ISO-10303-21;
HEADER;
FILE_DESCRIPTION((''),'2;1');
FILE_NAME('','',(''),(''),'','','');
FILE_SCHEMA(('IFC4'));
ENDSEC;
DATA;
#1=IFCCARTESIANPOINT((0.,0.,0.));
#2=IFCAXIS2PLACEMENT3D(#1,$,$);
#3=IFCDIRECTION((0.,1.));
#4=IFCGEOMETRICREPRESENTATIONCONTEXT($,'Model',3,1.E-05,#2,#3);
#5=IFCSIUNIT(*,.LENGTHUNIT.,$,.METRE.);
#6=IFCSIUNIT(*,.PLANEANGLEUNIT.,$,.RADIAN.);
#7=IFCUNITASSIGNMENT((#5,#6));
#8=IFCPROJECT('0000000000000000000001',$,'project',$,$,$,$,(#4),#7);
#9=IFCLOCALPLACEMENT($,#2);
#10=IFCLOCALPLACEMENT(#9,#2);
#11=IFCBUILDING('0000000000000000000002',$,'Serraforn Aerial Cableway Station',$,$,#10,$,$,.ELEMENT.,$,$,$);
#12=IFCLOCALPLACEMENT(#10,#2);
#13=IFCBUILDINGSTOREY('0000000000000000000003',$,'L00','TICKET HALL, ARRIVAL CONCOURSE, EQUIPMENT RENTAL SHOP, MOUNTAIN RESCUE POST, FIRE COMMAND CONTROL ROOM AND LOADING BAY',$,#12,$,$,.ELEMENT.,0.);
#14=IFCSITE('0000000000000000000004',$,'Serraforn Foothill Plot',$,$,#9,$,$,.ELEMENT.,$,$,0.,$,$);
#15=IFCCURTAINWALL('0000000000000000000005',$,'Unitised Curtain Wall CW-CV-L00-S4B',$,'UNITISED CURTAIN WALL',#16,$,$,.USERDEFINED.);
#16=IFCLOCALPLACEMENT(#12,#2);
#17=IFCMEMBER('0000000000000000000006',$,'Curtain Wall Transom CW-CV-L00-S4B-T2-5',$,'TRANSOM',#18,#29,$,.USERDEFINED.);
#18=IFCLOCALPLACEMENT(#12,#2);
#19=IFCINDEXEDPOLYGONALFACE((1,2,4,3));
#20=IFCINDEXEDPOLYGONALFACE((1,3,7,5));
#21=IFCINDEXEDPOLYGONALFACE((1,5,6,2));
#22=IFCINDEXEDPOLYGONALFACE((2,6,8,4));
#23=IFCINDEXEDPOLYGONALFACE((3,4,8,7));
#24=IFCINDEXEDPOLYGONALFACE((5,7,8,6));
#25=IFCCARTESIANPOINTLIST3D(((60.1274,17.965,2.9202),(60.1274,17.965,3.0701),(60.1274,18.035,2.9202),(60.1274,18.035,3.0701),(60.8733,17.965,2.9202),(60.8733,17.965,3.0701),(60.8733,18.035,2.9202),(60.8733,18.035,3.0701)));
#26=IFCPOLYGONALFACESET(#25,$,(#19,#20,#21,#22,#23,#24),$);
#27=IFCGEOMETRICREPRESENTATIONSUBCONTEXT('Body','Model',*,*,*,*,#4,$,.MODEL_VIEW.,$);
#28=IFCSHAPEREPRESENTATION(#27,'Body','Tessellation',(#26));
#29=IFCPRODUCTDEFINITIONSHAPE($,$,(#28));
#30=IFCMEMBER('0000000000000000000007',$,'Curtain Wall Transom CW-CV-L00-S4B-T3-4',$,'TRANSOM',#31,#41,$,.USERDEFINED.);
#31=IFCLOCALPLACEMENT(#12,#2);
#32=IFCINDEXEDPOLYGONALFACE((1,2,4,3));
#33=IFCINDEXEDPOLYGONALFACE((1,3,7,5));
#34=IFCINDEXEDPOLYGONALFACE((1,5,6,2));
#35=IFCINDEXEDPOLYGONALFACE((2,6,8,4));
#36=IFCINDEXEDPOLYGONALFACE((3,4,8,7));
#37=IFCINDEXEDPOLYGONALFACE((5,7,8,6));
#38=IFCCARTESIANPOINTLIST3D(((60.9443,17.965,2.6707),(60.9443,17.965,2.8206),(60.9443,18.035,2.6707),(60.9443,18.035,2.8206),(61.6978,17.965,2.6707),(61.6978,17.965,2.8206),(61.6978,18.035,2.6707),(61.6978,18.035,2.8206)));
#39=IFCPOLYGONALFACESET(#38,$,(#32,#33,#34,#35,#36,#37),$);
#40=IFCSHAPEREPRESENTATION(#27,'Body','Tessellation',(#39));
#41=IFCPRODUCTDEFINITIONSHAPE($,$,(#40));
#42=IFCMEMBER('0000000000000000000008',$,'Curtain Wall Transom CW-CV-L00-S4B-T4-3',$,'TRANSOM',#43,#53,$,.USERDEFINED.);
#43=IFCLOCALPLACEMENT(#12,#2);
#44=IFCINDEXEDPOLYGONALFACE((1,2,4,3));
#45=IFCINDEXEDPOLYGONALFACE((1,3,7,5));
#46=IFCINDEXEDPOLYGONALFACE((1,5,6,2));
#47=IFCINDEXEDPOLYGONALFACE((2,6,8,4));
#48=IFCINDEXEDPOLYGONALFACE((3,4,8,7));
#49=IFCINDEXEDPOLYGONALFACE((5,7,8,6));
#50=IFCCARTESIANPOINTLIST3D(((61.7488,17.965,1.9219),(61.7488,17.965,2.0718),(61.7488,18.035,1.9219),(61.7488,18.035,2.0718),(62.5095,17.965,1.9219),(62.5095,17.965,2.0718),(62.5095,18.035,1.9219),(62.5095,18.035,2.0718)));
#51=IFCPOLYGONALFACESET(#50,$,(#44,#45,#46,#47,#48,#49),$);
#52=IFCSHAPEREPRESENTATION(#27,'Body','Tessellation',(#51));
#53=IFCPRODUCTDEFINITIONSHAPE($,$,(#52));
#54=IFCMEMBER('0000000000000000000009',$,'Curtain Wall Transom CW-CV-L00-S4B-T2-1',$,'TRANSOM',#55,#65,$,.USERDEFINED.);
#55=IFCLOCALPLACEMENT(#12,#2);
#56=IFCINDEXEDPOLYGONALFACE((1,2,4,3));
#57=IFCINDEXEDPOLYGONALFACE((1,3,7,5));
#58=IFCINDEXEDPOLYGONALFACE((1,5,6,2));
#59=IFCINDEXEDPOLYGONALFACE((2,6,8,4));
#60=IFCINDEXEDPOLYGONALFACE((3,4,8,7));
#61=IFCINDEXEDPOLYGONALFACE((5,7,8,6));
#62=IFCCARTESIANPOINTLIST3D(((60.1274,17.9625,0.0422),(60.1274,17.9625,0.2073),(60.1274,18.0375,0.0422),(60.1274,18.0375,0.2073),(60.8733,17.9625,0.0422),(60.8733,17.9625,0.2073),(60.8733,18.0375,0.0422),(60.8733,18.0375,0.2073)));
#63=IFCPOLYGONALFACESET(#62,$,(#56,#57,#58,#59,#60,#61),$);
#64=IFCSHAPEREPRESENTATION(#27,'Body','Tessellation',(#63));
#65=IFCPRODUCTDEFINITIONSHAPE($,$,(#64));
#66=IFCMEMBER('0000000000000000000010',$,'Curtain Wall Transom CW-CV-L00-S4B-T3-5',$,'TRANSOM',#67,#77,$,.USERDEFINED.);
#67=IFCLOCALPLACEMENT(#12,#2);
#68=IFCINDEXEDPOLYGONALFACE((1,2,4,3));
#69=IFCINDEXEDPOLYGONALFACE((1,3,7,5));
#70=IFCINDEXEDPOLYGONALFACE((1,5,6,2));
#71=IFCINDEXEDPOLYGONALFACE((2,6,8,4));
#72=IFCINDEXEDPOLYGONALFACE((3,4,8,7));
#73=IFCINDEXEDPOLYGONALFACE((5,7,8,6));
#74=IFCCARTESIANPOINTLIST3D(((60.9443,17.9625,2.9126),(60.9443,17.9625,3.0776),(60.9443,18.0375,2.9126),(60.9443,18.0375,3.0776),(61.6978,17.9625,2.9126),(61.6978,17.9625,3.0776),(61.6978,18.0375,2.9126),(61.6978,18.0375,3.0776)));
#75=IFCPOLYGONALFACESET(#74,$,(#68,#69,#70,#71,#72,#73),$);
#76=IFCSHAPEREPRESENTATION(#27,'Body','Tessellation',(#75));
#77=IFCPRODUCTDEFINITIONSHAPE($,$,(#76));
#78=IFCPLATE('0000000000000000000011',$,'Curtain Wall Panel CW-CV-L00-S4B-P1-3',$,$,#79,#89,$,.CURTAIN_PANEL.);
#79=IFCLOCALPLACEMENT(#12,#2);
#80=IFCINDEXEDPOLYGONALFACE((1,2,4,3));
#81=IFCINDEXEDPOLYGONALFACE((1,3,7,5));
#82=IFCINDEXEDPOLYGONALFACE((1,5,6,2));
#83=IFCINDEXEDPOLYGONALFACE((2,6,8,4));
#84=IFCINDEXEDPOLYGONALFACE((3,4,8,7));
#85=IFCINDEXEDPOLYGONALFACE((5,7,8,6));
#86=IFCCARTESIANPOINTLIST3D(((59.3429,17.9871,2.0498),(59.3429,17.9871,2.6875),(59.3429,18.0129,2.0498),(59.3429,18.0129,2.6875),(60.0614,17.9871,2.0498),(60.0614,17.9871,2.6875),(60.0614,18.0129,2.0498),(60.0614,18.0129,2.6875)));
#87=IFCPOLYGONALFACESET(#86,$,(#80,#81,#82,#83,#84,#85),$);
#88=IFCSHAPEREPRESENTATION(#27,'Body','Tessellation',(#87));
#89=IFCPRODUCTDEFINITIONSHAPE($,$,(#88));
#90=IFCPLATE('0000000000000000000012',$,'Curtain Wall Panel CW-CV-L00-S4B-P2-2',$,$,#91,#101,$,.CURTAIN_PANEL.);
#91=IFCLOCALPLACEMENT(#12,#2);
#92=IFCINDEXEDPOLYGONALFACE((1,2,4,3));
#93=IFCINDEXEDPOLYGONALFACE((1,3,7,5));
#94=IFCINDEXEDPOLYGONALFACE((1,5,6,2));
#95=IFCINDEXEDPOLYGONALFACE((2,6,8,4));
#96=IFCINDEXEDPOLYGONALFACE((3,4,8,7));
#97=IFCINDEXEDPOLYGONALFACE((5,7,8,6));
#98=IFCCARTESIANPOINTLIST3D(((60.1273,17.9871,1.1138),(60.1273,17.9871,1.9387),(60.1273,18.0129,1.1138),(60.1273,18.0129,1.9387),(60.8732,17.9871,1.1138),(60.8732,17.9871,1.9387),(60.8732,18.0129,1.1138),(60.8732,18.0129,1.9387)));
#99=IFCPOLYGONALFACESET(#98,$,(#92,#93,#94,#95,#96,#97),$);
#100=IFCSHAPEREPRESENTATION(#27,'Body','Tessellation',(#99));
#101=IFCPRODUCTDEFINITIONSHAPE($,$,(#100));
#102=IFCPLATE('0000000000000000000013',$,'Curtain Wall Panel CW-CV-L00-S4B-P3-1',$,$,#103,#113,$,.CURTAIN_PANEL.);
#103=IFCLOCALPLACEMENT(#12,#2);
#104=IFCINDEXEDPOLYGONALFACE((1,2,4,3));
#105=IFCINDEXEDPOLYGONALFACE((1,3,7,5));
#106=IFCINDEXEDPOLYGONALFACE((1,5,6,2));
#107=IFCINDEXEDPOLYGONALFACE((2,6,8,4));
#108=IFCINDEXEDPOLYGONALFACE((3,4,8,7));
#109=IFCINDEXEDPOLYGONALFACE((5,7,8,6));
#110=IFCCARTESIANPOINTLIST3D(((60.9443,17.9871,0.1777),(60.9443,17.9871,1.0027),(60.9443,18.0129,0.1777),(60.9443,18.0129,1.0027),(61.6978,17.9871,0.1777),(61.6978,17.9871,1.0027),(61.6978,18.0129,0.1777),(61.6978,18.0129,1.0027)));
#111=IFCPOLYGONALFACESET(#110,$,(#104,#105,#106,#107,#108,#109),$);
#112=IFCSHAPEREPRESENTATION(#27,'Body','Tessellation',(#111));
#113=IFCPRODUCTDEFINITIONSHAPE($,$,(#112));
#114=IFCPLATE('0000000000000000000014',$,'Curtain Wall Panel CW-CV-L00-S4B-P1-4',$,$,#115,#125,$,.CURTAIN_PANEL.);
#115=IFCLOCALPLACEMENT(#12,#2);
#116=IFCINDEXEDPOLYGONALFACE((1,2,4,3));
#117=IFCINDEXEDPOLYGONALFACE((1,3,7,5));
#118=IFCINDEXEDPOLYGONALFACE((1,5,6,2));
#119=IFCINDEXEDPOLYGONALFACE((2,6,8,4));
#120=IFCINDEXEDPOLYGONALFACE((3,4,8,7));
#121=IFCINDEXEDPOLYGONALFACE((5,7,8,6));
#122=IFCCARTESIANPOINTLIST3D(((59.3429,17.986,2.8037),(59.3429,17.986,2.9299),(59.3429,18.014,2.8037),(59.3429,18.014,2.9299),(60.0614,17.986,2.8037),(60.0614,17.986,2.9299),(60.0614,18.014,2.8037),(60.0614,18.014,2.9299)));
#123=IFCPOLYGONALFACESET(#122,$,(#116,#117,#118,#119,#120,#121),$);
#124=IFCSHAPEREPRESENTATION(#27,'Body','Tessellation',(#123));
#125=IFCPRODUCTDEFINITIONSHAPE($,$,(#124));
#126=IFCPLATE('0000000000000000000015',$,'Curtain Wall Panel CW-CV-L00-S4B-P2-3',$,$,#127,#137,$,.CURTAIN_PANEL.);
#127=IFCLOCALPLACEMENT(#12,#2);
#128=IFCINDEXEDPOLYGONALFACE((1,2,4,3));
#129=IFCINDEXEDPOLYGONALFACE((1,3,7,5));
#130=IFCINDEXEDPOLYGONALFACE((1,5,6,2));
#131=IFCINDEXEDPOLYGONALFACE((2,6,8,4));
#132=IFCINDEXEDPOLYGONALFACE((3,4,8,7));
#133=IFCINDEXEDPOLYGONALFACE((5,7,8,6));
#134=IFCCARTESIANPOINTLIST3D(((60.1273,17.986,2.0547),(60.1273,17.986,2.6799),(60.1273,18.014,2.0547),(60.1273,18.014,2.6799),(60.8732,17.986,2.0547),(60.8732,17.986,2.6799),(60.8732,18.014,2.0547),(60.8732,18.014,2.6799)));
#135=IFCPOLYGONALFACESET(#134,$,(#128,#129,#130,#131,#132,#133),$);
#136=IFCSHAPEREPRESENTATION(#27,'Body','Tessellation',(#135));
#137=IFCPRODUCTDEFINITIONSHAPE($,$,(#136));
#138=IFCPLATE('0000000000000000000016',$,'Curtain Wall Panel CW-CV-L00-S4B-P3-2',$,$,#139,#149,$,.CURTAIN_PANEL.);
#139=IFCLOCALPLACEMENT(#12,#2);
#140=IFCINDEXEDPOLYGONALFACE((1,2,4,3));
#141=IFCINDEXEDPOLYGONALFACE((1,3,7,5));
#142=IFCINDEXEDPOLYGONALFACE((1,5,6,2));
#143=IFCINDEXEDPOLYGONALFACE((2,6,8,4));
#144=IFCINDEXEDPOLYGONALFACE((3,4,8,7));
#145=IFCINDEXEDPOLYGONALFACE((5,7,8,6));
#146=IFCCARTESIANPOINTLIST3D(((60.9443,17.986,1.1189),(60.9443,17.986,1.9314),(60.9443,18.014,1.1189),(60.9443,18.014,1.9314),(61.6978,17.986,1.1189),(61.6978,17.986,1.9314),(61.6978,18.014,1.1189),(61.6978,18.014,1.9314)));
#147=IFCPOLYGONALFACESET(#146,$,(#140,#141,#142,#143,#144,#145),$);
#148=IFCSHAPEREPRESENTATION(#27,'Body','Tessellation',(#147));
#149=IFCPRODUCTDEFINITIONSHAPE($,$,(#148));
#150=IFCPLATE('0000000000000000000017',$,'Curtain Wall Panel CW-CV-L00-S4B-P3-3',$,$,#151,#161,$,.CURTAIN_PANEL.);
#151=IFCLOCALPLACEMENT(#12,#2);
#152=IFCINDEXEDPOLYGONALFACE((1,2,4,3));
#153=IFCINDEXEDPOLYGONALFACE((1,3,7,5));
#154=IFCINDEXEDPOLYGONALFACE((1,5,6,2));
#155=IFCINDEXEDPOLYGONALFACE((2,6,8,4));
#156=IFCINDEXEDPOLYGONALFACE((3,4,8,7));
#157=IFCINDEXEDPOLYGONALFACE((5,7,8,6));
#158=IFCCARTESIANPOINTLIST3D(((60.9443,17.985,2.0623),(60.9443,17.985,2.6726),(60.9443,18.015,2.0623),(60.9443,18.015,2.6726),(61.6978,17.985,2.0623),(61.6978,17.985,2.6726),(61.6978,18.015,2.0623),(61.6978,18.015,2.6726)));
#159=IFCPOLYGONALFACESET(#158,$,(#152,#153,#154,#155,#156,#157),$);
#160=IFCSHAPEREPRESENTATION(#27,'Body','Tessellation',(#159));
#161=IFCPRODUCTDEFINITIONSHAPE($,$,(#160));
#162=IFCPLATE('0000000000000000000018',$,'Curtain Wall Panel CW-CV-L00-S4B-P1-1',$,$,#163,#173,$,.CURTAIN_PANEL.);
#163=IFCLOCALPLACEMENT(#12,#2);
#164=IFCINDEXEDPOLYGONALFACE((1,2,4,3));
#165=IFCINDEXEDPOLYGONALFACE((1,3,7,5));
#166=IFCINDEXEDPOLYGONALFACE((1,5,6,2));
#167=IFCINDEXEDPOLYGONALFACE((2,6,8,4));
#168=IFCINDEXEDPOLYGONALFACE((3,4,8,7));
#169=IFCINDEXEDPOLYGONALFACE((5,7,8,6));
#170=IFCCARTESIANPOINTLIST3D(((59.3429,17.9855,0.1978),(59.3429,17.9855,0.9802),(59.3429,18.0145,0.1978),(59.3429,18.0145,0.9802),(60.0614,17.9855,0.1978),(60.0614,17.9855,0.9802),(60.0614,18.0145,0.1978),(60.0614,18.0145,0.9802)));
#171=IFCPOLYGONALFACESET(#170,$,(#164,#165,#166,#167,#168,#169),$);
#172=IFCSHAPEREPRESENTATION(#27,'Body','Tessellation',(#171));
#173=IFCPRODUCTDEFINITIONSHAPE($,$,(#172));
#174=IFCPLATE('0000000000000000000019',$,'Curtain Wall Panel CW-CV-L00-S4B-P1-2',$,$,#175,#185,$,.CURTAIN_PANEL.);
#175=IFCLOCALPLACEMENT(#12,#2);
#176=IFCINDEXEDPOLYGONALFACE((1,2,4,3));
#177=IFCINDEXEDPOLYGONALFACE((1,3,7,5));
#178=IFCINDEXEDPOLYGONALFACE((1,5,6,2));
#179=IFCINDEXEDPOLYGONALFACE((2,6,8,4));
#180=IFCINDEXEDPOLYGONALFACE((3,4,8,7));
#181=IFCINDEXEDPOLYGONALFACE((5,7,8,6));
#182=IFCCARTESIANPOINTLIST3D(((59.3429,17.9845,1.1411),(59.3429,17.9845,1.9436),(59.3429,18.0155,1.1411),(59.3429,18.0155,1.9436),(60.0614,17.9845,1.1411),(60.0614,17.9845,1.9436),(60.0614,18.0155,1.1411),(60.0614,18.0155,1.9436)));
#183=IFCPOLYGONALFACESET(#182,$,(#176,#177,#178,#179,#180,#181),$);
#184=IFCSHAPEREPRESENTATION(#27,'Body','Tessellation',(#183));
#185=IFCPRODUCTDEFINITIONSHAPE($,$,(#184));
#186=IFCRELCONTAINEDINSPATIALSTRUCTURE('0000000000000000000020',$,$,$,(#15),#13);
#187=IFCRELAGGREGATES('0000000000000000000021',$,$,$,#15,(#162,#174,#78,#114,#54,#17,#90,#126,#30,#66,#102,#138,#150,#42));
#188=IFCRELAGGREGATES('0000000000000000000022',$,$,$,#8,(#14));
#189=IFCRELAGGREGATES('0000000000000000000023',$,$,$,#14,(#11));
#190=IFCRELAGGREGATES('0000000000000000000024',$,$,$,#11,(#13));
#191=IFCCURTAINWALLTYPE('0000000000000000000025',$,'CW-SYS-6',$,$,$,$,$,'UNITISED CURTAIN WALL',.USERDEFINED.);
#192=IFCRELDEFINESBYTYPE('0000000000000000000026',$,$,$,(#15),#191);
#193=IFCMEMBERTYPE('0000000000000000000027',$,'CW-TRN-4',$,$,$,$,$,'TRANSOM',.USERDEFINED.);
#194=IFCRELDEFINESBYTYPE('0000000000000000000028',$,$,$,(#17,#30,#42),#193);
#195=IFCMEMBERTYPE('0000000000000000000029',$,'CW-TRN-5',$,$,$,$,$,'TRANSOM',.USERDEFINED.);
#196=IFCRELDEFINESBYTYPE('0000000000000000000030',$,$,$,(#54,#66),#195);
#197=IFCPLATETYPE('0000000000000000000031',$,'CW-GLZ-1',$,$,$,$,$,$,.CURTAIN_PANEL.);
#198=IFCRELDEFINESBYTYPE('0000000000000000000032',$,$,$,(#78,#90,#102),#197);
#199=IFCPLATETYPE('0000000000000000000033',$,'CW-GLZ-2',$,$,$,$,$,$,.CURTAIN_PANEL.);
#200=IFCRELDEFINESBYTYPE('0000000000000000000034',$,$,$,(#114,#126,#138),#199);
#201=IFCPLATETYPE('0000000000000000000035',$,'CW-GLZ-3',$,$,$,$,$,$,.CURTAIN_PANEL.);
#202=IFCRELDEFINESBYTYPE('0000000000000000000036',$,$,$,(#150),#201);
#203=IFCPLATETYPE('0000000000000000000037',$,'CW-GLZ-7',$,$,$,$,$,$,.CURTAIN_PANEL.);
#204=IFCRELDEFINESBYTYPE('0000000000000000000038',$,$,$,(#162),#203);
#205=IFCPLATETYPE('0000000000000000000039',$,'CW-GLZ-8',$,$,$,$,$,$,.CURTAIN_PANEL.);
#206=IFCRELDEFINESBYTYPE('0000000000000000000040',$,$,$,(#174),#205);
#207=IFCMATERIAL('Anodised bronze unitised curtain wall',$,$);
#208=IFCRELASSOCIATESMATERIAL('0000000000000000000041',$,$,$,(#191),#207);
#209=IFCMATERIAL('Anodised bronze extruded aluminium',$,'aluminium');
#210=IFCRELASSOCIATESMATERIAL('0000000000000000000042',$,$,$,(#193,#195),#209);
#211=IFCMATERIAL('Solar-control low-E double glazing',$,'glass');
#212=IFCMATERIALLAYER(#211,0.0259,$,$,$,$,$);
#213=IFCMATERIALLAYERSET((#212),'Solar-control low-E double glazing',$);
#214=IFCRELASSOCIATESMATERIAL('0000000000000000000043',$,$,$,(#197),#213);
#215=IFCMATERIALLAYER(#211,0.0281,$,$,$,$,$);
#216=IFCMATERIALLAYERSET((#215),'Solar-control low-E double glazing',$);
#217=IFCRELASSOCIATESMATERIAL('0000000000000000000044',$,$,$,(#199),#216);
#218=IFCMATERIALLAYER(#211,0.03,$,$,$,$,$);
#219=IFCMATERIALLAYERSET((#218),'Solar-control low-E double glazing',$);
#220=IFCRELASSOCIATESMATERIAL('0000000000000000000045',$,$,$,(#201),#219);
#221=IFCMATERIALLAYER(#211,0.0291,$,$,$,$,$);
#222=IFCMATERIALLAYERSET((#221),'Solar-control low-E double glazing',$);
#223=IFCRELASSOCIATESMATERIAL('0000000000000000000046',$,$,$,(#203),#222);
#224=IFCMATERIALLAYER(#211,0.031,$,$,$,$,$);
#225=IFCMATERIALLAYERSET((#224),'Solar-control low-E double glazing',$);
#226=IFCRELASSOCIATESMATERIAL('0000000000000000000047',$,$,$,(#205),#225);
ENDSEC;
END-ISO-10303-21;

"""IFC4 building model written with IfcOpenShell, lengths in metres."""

from ifc_helpers import new_model, si_unit, direction, frame, origin, origin_2d, place, context, subcontext, project, spatial, rectangle, extrude, material, layer, layer_set, material_profile, profile_set, type_object, element, aggregate, save


model = new_model("IFC4")

# Units and contexts
model_context = context("Model", 3, precision=1e-05, world=origin(), true_north=direction((0.0, 1.0)))
body_context = subcontext(model_context, "Body", "Model", "MODEL_VIEW")
ifc_project = project(units=[si_unit("LENGTHUNIT", "METRE"), si_unit("PLANEANGLEUNIT", "RADIAN")], contexts=[model_context])

# Site, building, storey
site_placement = place(None, origin())
site = spatial("IfcSite", under=ifc_project, at=site_placement, Name="Serraforn Foothill Plot", CompositionType="ELEMENT", RefElevation=0.0)
building_placement = place(site_placement, origin())
building = spatial("IfcBuilding", under=site, at=building_placement, Name="Serraforn Aerial Cableway Station", CompositionType="ELEMENT")
storey_placement = place(building_placement, origin())
storey = spatial("IfcBuildingStorey", under=building, at=storey_placement, Name="L00", Description="TICKET HALL, ARRIVAL CONCOURSE, EQUIPMENT RENTAL SHOP, MOUNTAIN RESCUE POST, FIRE COMMAND CONTROL ROOM AND LOADING BAY", CompositionType="ELEMENT", Elevation=0.0)

# Curtain wall, members, plates
ifc_material_1 = material(Name="Anodised bronze unitised curtain wall")
curtain_wall_type = type_object("IfcCurtainWallType", Name="CW-SYS-6", ElementType="UNITISED CURTAIN WALL", PredefinedType="USERDEFINED", material=ifc_material_1)
curtain_wall_placement = place(storey_placement, origin())
curtain_wall = element("IfcCurtainWall", 1, at=curtain_wall_placement, inside=storey, type_object=curtain_wall_type, Name="Unitised Curtain Wall CW-CV-L00-S4B", ObjectType="UNITISED CURTAIN WALL", PredefinedType="USERDEFINED")
ifc_material_2 = material(Name="Anodised bronze extruded aluminium", Category="aluminium")
ifc_material_profile_1 = material_profile(ifc_material_2, rectangle(XDim=0.0701, YDim=0.1499, at=origin_2d()), Name="CW TRANSOM 70x150")
ifc_profile_set_1 = profile_set([ifc_material_profile_1], Name="Anodised bronze extruded aluminium")
member_type_1 = type_object("IfcMemberType", Name="CW-TRN-4", ElementType="TRANSOM", PredefinedType="USERDEFINED", material=ifc_profile_set_1)
member_1_placement = place(storey_placement, frame((60.1274, 18.0, 2.9951), z_axis=(1.0, 0.0, 0.0), x_axis=(0.0, 1.0, 0.0)))
member_1 = element("IfcMember", 2, at=member_1_placement, type_object=member_type_1, Name="Curtain Wall Transom CW-CV-L00-S4B-T2-5", ObjectType="TRANSOM", PredefinedType="USERDEFINED", context=body_context, shape_type="SweptSolid", body=[
    extrude(rectangle(XDim=0.0701, YDim=0.1499, at=origin_2d()), origin(), (0.0, 0.0, 1.0), 0.7458),
])
member_2_placement = place(storey_placement, frame((60.9443, 18.0, 2.7456), z_axis=(1.0, 0.0, 0.0), x_axis=(0.0, 1.0, 0.0)))
member_2 = element("IfcMember", 3, at=member_2_placement, type_object=member_type_1, Name="Curtain Wall Transom CW-CV-L00-S4B-T3-4", ObjectType="TRANSOM", PredefinedType="USERDEFINED", context=body_context, shape_type="SweptSolid", body=[
    extrude(rectangle(XDim=0.0701, YDim=0.1499, at=origin_2d()), origin(), (0.0, 0.0, 1.0), 0.7534),
])
member_3_placement = place(storey_placement, frame((61.7488, 18.0, 1.9968), z_axis=(1.0, 0.0, 0.0), x_axis=(0.0, 1.0, 0.0)))
member_3 = element("IfcMember", 4, at=member_3_placement, type_object=member_type_1, Name="Curtain Wall Transom CW-CV-L00-S4B-T4-3", ObjectType="TRANSOM", PredefinedType="USERDEFINED", context=body_context, shape_type="SweptSolid", body=[
    extrude(rectangle(XDim=0.0701, YDim=0.1499, at=origin_2d()), origin(), (0.0, 0.0, 1.0), 0.7607),
])
ifc_material_profile_2 = material_profile(ifc_material_2, rectangle(XDim=0.075, YDim=0.165, at=origin_2d()), Name="CW TRANSOM 75x165")
ifc_profile_set_2 = profile_set([ifc_material_profile_2], Name="Anodised bronze extruded aluminium")
member_type_2 = type_object("IfcMemberType", Name="CW-TRN-5", ElementType="TRANSOM", PredefinedType="USERDEFINED", material=ifc_profile_set_2)
member_4_placement = place(storey_placement, frame((60.1274, 18.0, 0.1248), z_axis=(1.0, 0.0, 0.0), x_axis=(0.0, 1.0, 0.0)))
member_4 = element("IfcMember", 5, at=member_4_placement, type_object=member_type_2, Name="Curtain Wall Transom CW-CV-L00-S4B-T2-1", ObjectType="TRANSOM", PredefinedType="USERDEFINED", context=body_context, shape_type="SweptSolid", body=[
    extrude(rectangle(XDim=0.075, YDim=0.165, at=origin_2d()), origin(), (0.0, 0.0, 1.0), 0.7458),
])
member_5_placement = place(storey_placement, frame((60.9443, 18.0, 2.9951), z_axis=(1.0, 0.0, 0.0), x_axis=(0.0, 1.0, 0.0)))
member_5 = element("IfcMember", 6, at=member_5_placement, type_object=member_type_2, Name="Curtain Wall Transom CW-CV-L00-S4B-T3-5", ObjectType="TRANSOM", PredefinedType="USERDEFINED", context=body_context, shape_type="SweptSolid", body=[
    extrude(rectangle(XDim=0.075, YDim=0.165, at=origin_2d()), origin(), (0.0, 0.0, 1.0), 0.7534),
])
ifc_material_3 = material(Name="Solar-control low-E double glazing", Category="glass")
ifc_layer_1 = layer(ifc_material_3, 0.0259)
ifc_layer_set_1 = layer_set([ifc_layer_1], Name="Solar-control low-E double glazing")
plate_type_1 = type_object("IfcPlateType", Name="CW-GLZ-1", PredefinedType="CURTAIN_PANEL", material=ifc_layer_set_1)
plate_1_placement = place(storey_placement, frame((59.7021, 18.0, 2.0498), z_axis=(0.0, 0.0, 1.0), x_axis=(1.0, 0.0, 0.0)))
plate_1 = element("IfcPlate", 7, at=plate_1_placement, type_object=plate_type_1, Name="Curtain Wall Panel CW-CV-L00-S4B-P1-3", PredefinedType="CURTAIN_PANEL", context=body_context, shape_type="SweptSolid", body=[
    extrude(rectangle(XDim=0.7185, YDim=0.0259, at=origin_2d()), origin(), (0.0, 0.0, 1.0), 0.6377),
])
plate_2_placement = place(storey_placement, frame((60.5002, 18.0, 1.1138), z_axis=(0.0, 0.0, 1.0), x_axis=(1.0, 0.0, 0.0)))
plate_2 = element("IfcPlate", 8, at=plate_2_placement, type_object=plate_type_1, Name="Curtain Wall Panel CW-CV-L00-S4B-P2-2", PredefinedType="CURTAIN_PANEL", context=body_context, shape_type="SweptSolid", body=[
    extrude(rectangle(XDim=0.7458, YDim=0.0259, at=origin_2d()), origin(), (0.0, 0.0, 1.0), 0.825),
])
plate_3_placement = place(storey_placement, frame((61.321, 18.0, 0.1777), z_axis=(0.0, 0.0, 1.0), x_axis=(1.0, 0.0, 0.0)))
plate_3 = element("IfcPlate", 9, at=plate_3_placement, type_object=plate_type_1, Name="Curtain Wall Panel CW-CV-L00-S4B-P3-1", PredefinedType="CURTAIN_PANEL", context=body_context, shape_type="SweptSolid", body=[
    extrude(rectangle(XDim=0.7534, YDim=0.0259, at=origin_2d()), origin(), (0.0, 0.0, 1.0), 0.825),
])
ifc_layer_2 = layer(ifc_material_3, 0.0281)
ifc_layer_set_2 = layer_set([ifc_layer_2], Name="Solar-control low-E double glazing")
plate_type_2 = type_object("IfcPlateType", Name="CW-GLZ-2", PredefinedType="CURTAIN_PANEL", material=ifc_layer_set_2)
plate_4_placement = place(storey_placement, frame((59.7021, 18.0, 2.8037), z_axis=(0.0, 0.0, 1.0), x_axis=(1.0, 0.0, 0.0)))
plate_4 = element("IfcPlate", 10, at=plate_4_placement, type_object=plate_type_2, Name="Curtain Wall Panel CW-CV-L00-S4B-P1-4", PredefinedType="CURTAIN_PANEL", context=body_context, shape_type="SweptSolid", body=[
    extrude(rectangle(XDim=0.7185, YDim=0.0281, at=origin_2d()), origin(), (0.0, 0.0, 1.0), 0.1262),
])
plate_5_placement = place(storey_placement, frame((60.5002, 18.0, 2.0547), z_axis=(0.0, 0.0, 1.0), x_axis=(1.0, 0.0, 0.0)))
plate_5 = element("IfcPlate", 11, at=plate_5_placement, type_object=plate_type_2, Name="Curtain Wall Panel CW-CV-L00-S4B-P2-3", PredefinedType="CURTAIN_PANEL", context=body_context, shape_type="SweptSolid", body=[
    extrude(rectangle(XDim=0.7458, YDim=0.0281, at=origin_2d()), origin(), (0.0, 0.0, 1.0), 0.6252),
])
plate_6_placement = place(storey_placement, frame((61.321, 18.0, 1.1189), z_axis=(0.0, 0.0, 1.0), x_axis=(1.0, 0.0, 0.0)))
plate_6 = element("IfcPlate", 12, at=plate_6_placement, type_object=plate_type_2, Name="Curtain Wall Panel CW-CV-L00-S4B-P3-2", PredefinedType="CURTAIN_PANEL", context=body_context, shape_type="SweptSolid", body=[
    extrude(rectangle(XDim=0.7534, YDim=0.0281, at=origin_2d()), origin(), (0.0, 0.0, 1.0), 0.8125),
])
ifc_layer_3 = layer(ifc_material_3, 0.03)
ifc_layer_set_3 = layer_set([ifc_layer_3], Name="Solar-control low-E double glazing")
plate_type_3 = type_object("IfcPlateType", Name="CW-GLZ-3", PredefinedType="CURTAIN_PANEL", material=ifc_layer_set_3)
plate_7_placement = place(storey_placement, frame((61.321, 18.0, 2.0623), z_axis=(0.0, 0.0, 1.0), x_axis=(1.0, 0.0, 0.0)))
plate_7 = element("IfcPlate", 13, at=plate_7_placement, type_object=plate_type_3, Name="Curtain Wall Panel CW-CV-L00-S4B-P3-3", PredefinedType="CURTAIN_PANEL", context=body_context, shape_type="SweptSolid", body=[
    extrude(rectangle(XDim=0.7534, YDim=0.03, at=origin_2d()), origin(), (0.0, 0.0, 1.0), 0.6104),
])
ifc_layer_4 = layer(ifc_material_3, 0.0291)
ifc_layer_set_4 = layer_set([ifc_layer_4], Name="Solar-control low-E double glazing")
plate_type_4 = type_object("IfcPlateType", Name="CW-GLZ-7", PredefinedType="CURTAIN_PANEL", material=ifc_layer_set_4)
plate_8_placement = place(storey_placement, frame((59.7021, 18.0, 0.1978), z_axis=(0.0, 0.0, 1.0), x_axis=(1.0, 0.0, 0.0)))
plate_8 = element("IfcPlate", 14, at=plate_8_placement, type_object=plate_type_4, Name="Curtain Wall Panel CW-CV-L00-S4B-P1-1", PredefinedType="CURTAIN_PANEL", context=body_context, shape_type="SweptSolid", body=[
    extrude(rectangle(XDim=0.7185, YDim=0.0291, at=origin_2d()), origin(), (0.0, 0.0, 1.0), 0.7825),
])
ifc_layer_5 = layer(ifc_material_3, 0.031)
ifc_layer_set_5 = layer_set([ifc_layer_5], Name="Solar-control low-E double glazing")
plate_type_5 = type_object("IfcPlateType", Name="CW-GLZ-8", PredefinedType="CURTAIN_PANEL", material=ifc_layer_set_5)
plate_9_placement = place(storey_placement, frame((59.7021, 18.0, 1.1411), z_axis=(0.0, 0.0, 1.0), x_axis=(1.0, 0.0, 0.0)))
plate_9 = element("IfcPlate", 15, at=plate_9_placement, type_object=plate_type_5, Name="Curtain Wall Panel CW-CV-L00-S4B-P1-2", PredefinedType="CURTAIN_PANEL", context=body_context, shape_type="SweptSolid", body=[
    extrude(rectangle(XDim=0.7185, YDim=0.031, at=origin_2d()), origin(), (0.0, 0.0, 1.0), 0.8025),
])
aggregate(curtain_wall, [plate_8, plate_9, plate_1, plate_4, member_4, member_1, plate_2, plate_5, member_2, member_5, plate_3, plate_6, plate_7, member_3])

save(model, "model.ifc")
